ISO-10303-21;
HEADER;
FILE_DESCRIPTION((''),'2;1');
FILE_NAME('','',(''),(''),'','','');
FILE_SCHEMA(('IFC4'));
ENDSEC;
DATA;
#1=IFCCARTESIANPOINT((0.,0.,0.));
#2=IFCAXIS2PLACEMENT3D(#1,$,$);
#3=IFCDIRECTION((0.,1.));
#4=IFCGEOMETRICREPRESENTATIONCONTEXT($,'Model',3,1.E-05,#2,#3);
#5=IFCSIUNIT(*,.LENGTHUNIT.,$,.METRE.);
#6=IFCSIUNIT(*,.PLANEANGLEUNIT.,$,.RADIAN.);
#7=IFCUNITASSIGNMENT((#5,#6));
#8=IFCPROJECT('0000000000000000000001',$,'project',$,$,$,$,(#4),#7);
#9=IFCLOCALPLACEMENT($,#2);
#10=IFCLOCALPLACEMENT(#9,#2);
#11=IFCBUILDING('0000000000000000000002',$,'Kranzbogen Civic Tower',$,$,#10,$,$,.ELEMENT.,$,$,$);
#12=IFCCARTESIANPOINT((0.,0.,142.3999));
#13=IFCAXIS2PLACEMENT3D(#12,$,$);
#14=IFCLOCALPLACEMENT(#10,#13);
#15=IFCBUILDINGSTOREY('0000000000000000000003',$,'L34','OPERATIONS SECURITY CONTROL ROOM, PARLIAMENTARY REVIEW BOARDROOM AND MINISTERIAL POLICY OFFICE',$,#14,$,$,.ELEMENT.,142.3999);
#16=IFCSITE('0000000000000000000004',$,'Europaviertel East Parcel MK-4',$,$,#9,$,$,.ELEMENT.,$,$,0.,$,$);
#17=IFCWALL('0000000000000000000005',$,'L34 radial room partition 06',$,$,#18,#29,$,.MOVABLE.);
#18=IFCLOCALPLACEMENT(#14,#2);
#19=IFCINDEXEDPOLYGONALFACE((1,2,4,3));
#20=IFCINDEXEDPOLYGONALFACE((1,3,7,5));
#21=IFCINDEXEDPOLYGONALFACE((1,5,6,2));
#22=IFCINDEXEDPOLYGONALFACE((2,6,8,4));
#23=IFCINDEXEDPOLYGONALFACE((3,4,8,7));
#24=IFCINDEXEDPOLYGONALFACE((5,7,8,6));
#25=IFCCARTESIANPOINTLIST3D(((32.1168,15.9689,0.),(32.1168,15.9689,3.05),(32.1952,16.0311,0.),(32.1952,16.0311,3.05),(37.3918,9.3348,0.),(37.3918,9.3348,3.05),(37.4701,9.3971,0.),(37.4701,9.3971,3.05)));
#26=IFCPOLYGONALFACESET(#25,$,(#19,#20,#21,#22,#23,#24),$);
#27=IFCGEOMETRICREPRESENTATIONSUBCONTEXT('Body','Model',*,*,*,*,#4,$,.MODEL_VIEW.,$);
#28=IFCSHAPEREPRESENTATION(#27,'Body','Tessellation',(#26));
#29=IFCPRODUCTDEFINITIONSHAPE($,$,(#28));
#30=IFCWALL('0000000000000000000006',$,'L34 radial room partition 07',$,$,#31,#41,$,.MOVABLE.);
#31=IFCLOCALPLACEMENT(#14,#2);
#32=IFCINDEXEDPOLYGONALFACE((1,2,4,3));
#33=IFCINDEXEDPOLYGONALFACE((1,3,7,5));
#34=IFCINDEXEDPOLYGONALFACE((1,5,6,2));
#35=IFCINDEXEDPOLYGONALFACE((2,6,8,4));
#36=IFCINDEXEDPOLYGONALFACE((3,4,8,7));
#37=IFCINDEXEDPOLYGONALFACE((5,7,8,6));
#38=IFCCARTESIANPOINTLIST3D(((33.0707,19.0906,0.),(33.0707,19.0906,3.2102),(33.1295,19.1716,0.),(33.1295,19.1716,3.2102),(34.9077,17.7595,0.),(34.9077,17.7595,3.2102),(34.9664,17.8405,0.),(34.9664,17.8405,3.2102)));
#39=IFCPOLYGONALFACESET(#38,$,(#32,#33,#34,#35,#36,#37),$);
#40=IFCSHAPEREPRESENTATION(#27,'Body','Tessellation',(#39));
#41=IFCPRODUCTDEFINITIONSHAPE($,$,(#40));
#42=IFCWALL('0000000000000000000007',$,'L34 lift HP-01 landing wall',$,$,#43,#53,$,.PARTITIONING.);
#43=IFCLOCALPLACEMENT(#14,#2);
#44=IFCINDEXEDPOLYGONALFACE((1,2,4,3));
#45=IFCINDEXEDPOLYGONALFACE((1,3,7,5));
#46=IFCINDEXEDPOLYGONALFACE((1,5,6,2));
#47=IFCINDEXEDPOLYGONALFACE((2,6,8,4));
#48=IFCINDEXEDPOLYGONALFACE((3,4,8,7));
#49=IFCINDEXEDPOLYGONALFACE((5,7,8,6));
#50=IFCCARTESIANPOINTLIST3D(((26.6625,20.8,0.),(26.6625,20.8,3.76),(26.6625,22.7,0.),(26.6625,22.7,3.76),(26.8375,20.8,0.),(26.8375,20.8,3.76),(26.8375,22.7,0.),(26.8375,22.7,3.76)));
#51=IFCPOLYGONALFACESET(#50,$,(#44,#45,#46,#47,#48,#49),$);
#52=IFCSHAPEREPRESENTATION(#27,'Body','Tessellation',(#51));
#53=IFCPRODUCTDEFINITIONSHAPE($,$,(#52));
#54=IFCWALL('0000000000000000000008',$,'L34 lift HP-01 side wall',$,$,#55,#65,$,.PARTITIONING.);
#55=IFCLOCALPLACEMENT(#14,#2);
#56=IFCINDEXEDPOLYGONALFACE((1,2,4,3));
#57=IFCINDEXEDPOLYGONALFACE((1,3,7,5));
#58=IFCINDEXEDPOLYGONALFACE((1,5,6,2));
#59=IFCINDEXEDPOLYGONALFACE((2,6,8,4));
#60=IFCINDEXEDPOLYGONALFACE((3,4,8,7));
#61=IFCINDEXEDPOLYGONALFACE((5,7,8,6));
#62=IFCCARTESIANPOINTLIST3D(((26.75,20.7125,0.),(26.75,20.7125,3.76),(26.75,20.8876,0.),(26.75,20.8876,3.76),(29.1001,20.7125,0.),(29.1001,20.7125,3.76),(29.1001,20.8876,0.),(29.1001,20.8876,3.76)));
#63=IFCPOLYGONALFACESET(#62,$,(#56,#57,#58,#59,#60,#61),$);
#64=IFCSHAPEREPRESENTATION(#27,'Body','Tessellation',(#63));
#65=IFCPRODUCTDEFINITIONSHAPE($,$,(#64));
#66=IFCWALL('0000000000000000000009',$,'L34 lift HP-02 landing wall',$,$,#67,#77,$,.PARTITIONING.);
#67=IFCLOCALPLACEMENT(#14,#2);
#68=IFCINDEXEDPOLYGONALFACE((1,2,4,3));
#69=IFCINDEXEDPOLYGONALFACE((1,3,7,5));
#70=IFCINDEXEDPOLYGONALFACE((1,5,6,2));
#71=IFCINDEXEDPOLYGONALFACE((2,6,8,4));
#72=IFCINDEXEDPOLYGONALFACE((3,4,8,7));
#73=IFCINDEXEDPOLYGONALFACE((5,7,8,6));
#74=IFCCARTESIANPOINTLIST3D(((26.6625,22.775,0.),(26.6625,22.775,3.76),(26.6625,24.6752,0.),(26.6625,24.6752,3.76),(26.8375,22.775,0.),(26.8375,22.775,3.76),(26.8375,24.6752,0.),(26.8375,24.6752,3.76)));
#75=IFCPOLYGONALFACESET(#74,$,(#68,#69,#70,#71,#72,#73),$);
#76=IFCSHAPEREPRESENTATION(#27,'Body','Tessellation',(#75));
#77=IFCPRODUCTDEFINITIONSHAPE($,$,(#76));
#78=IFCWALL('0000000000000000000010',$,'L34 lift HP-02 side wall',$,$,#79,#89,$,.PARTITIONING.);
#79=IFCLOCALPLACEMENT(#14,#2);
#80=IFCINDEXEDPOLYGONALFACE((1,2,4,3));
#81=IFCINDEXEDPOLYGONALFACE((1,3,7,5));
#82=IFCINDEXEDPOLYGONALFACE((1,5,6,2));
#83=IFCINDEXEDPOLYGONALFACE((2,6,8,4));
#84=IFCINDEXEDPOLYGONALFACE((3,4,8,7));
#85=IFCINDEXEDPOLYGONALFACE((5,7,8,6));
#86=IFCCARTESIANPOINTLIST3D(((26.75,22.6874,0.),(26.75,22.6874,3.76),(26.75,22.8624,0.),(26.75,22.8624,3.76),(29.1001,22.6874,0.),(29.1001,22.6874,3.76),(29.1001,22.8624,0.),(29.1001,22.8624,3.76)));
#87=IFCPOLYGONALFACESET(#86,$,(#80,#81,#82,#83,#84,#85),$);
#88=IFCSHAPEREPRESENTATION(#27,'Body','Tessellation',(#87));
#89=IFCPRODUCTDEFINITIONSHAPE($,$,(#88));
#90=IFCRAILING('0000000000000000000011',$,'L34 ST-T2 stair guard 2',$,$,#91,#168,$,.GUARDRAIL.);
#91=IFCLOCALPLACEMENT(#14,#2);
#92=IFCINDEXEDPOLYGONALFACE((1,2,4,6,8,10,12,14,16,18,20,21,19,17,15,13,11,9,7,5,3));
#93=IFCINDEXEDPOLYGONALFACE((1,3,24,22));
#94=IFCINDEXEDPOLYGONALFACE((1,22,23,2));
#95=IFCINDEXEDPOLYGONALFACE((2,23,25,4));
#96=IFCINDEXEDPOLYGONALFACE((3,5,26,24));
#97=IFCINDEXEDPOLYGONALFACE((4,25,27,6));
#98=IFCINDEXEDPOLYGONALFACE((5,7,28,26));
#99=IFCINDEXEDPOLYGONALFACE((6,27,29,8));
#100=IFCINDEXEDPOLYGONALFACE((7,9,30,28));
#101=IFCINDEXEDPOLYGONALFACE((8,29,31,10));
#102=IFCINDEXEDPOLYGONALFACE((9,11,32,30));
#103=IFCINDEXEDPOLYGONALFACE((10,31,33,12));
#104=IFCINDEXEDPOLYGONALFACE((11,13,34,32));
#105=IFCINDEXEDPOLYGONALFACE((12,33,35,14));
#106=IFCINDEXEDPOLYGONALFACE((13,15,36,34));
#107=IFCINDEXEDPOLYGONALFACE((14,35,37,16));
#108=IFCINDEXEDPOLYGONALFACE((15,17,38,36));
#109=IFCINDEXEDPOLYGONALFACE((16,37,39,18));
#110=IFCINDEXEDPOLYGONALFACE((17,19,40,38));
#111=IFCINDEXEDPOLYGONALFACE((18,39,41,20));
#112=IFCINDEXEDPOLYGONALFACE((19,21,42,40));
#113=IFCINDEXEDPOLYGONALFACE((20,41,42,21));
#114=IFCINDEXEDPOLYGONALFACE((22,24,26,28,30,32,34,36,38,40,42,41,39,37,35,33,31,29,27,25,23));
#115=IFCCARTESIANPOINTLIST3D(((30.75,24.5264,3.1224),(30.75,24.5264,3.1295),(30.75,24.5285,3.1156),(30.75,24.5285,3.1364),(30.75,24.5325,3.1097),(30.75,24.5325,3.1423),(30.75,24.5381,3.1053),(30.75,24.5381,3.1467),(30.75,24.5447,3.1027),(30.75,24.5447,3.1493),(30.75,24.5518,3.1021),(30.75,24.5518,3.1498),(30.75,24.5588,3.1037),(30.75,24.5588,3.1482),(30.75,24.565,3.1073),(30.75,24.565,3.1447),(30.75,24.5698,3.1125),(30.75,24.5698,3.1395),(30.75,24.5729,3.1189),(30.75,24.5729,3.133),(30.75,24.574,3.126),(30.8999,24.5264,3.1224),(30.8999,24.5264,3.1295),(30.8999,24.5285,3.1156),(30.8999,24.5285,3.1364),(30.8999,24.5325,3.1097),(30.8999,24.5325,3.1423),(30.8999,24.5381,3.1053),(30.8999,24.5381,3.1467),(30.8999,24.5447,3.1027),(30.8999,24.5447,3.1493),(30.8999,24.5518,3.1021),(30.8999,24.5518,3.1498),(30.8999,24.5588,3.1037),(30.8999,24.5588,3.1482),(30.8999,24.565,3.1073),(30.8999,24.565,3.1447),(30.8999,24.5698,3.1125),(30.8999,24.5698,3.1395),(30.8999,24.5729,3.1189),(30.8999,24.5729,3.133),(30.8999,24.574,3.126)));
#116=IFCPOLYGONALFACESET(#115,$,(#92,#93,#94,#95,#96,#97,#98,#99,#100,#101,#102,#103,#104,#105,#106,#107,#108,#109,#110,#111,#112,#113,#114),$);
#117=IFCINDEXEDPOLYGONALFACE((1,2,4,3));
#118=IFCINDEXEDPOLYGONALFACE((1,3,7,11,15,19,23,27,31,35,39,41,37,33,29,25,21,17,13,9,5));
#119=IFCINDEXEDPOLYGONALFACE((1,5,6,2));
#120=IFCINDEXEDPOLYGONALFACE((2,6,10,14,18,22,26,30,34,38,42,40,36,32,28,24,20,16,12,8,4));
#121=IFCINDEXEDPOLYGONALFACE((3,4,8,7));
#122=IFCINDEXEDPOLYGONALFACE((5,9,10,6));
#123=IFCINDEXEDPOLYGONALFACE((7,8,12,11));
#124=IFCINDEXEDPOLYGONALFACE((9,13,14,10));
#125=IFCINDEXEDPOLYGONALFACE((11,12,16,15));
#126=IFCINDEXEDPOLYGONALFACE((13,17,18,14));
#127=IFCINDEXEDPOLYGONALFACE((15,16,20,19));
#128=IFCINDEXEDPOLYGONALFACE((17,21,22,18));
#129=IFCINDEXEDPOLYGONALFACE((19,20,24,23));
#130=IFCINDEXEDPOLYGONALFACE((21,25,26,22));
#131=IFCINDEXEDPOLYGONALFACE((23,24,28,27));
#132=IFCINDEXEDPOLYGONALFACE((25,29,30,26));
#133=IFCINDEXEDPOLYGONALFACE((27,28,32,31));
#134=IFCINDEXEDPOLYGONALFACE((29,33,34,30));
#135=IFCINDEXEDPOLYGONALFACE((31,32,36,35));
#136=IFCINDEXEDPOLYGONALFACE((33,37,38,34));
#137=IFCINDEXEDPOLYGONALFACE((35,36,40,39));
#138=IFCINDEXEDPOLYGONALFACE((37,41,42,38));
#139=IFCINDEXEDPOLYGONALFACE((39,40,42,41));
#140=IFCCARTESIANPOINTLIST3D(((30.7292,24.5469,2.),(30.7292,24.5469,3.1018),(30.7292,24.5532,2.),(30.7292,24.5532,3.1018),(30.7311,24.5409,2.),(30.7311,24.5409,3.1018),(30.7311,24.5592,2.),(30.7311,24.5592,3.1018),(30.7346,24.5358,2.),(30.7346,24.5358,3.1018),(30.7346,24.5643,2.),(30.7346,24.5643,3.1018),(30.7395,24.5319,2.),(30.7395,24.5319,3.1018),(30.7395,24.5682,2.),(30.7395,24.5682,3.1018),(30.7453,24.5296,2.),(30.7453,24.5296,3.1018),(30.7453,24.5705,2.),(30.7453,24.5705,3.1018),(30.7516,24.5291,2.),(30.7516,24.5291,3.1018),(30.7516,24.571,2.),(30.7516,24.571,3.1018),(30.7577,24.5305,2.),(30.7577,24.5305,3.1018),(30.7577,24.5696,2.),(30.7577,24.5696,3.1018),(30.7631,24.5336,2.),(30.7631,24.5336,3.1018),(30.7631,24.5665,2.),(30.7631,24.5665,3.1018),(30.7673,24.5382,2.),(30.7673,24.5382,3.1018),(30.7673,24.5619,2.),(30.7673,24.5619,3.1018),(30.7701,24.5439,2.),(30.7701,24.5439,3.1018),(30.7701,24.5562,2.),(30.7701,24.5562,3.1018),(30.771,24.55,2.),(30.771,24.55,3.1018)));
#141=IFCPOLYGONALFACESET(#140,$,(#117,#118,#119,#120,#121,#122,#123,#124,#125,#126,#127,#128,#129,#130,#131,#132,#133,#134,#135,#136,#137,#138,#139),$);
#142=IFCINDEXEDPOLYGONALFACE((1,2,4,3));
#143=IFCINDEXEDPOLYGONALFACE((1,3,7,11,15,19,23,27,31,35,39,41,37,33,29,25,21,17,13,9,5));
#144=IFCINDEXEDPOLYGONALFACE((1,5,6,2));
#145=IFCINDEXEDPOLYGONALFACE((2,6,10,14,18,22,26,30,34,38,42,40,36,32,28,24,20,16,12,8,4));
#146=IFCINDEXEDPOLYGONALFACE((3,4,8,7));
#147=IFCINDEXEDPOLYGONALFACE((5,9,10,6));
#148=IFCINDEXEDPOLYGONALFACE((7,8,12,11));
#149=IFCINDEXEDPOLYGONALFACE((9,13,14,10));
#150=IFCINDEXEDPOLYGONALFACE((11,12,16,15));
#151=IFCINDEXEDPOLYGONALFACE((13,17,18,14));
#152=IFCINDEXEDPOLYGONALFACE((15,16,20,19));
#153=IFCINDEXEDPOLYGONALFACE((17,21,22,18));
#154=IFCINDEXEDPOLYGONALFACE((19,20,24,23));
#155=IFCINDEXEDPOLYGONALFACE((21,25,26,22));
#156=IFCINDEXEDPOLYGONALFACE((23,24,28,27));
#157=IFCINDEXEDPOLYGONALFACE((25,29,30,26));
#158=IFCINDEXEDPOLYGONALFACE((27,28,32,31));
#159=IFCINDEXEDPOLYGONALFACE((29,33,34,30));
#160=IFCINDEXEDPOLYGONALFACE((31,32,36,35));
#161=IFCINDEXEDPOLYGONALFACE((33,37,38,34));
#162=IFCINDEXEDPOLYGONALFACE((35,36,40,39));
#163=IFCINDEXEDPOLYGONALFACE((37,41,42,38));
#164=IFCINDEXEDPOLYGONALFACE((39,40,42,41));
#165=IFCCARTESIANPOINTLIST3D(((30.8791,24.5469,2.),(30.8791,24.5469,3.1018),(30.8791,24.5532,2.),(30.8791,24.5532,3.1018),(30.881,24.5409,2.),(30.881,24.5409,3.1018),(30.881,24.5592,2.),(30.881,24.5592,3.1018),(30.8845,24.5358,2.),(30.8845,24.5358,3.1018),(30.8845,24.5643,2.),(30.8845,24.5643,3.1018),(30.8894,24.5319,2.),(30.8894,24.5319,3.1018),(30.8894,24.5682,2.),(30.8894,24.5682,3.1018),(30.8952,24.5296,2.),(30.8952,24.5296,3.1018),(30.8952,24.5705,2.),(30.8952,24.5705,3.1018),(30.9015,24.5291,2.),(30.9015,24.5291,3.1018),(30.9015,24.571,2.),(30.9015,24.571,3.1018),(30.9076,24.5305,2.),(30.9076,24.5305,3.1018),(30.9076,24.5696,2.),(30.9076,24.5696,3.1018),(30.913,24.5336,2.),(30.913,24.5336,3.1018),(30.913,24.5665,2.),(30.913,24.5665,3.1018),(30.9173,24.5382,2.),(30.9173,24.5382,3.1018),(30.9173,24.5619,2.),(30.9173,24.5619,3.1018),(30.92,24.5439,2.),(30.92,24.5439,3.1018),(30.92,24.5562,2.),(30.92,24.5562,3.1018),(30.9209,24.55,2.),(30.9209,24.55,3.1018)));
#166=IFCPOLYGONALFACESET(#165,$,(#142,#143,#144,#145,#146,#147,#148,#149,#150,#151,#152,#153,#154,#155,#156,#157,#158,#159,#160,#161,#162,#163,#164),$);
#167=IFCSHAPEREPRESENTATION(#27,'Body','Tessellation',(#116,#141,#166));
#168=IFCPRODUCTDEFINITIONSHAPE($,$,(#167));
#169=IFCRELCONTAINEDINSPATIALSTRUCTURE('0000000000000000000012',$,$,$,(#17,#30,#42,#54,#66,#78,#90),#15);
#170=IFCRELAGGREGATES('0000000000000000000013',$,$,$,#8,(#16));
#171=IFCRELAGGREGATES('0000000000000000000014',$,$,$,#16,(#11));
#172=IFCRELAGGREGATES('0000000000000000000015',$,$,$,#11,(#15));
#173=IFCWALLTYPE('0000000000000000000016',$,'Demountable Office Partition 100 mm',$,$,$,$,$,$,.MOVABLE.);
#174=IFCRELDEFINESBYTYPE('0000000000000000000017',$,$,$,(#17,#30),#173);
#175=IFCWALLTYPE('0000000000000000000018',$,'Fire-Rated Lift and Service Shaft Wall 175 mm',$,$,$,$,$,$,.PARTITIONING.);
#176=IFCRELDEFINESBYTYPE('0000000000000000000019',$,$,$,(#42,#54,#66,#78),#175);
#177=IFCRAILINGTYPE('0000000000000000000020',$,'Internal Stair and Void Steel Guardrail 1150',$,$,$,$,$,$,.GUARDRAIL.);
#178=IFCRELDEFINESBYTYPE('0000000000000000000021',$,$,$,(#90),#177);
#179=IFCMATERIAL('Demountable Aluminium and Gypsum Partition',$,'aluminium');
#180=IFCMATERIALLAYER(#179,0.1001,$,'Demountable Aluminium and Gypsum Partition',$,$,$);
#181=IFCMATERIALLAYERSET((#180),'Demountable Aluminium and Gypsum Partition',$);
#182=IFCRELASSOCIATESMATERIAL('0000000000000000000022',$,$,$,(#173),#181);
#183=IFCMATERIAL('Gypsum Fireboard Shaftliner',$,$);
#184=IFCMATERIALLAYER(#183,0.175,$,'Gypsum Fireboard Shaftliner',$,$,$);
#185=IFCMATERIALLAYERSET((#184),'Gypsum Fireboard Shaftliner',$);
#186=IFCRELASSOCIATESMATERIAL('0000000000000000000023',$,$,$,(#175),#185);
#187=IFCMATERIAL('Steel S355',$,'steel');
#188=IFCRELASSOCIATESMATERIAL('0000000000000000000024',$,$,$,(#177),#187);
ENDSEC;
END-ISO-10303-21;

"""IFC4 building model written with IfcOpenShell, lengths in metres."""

from ifc_helpers import new_model, si_unit, direction, frame, frame_2d, origin, origin_2d, place, context, subcontext, project, spatial, rectangle, circle, extrude, material, layer, layer_set, type_object, element, save


model = new_model("IFC4")

# Units and contexts
model_context = context("Model", 3, precision=1e-05, world=origin(), true_north=direction((0.0, 1.0)))
body_context = subcontext(model_context, "Body", "Model", "MODEL_VIEW")
ifc_project = project(units=[si_unit("LENGTHUNIT", "METRE"), si_unit("PLANEANGLEUNIT", "RADIAN")], contexts=[model_context])

# Site, building, storey
site_placement = place(None, origin())
site = spatial("IfcSite", under=ifc_project, at=site_placement, Name="Europaviertel East Parcel MK-4", CompositionType="ELEMENT", RefElevation=0.0)
building_placement = place(site_placement, origin())
building = spatial("IfcBuilding", under=site, at=building_placement, Name="Kranzbogen Civic Tower", CompositionType="ELEMENT")
storey_placement = place(building_placement, frame((0.0, 0.0, 142.3999)))
storey = spatial("IfcBuildingStorey", under=building, at=storey_placement, Name="L34", Description="OPERATIONS SECURITY CONTROL ROOM, PARLIAMENTARY REVIEW BOARDROOM AND MINISTERIAL POLICY OFFICE", CompositionType="ELEMENT", Elevation=142.3999)

# Shared definitions
ifc_material_1 = material(Name="Steel S355", Category="steel")

# Walls
ifc_material_2 = material(Name="Demountable Aluminium and Gypsum Partition", Category="aluminium")
ifc_layer_1 = layer(ifc_material_2, 0.1001, Name="Demountable Aluminium and Gypsum Partition")
ifc_layer_set_1 = layer_set([ifc_layer_1], Name="Demountable Aluminium and Gypsum Partition")
wall_type_1 = type_object("IfcWallType", Name="Demountable Office Partition 100 mm", PredefinedType="MOVABLE", material=ifc_layer_set_1)
wall_1_placement = place(storey_placement, frame((32.156, 16.0, 0.0), z_axis=(0.0, 0.0, 1.0), x_axis=(0.622367, -0.782726, 0.0)))
element("IfcWall", 1, at=wall_1_placement, inside=storey, type_object=wall_type_1, Name="L34 radial room partition 06", PredefinedType="MOVABLE", context=body_context, shape_type="SweptSolid", body=[
    extrude(rectangle(XDim=8.4756, YDim=0.1001, at=frame_2d((4.2378, 0.0))), origin(), (0.0, 0.0, 1.0), 3.05),
])
wall_2_placement = place(storey_placement, frame((33.1001, 19.1311, 0.0), z_axis=(0.0, 0.0, 1.0), x_axis=(0.809759, -0.586763, 0.0)))
element("IfcWall", 2, at=wall_2_placement, inside=storey, type_object=wall_type_1, Name="L34 radial room partition 07", PredefinedType="MOVABLE", context=body_context, shape_type="SweptSolid", body=[
    extrude(rectangle(XDim=2.2686, YDim=0.1001, at=frame_2d((1.1343, 0.0))), origin(), (0.0, 0.0, 1.0), 3.2102),
])
ifc_material_3 = material(Name="Gypsum Fireboard Shaftliner")
ifc_layer_2 = layer(ifc_material_3, 0.175, Name="Gypsum Fireboard Shaftliner")
ifc_layer_set_2 = layer_set([ifc_layer_2], Name="Gypsum Fireboard Shaftliner")
wall_type_2 = type_object("IfcWallType", Name="Fire-Rated Lift and Service Shaft Wall 175 mm", PredefinedType="PARTITIONING", material=ifc_layer_set_2)
wall_3_placement = place(storey_placement, frame((26.75, 20.8, 0.0), z_axis=(0.0, 0.0, 1.0), x_axis=(0.0, 1.0, 0.0)))
element("IfcWall", 3, at=wall_3_placement, inside=storey, type_object=wall_type_2, Name="L34 lift HP-01 landing wall", PredefinedType="PARTITIONING", context=body_context, shape_type="SweptSolid", body=[
    extrude(rectangle(XDim=1.8999, YDim=0.175, at=frame_2d((0.95, 0.0))), origin(), (0.0, 0.0, 1.0), 3.76),
])
wall_4_placement = place(storey_placement, frame((26.75, 20.8, 0.0), z_axis=(0.0, 0.0, 1.0), x_axis=(1.0, 0.0, 0.0)))
element("IfcWall", 4, at=wall_4_placement, inside=storey, type_object=wall_type_2, Name="L34 lift HP-01 side wall", PredefinedType="PARTITIONING", context=body_context, shape_type="SweptSolid", body=[
    extrude(rectangle(XDim=2.3501, YDim=0.175, at=frame_2d((1.175, 0.0))), origin(), (0.0, 0.0, 1.0), 3.76),
])
wall_5_placement = place(storey_placement, frame((26.75, 22.7749, 0.0), z_axis=(0.0, 0.0, 1.0), x_axis=(0.0, 1.0, 0.0)))
element("IfcWall", 5, at=wall_5_placement, inside=storey, type_object=wall_type_2, Name="L34 lift HP-02 landing wall", PredefinedType="PARTITIONING", context=body_context, shape_type="SweptSolid", body=[
    extrude(rectangle(XDim=1.9001, YDim=0.175, at=frame_2d((0.9502, 0.0))), origin(), (0.0, 0.0, 1.0), 3.76),
])
wall_6_placement = place(storey_placement, frame((26.75, 22.7749, 0.0), z_axis=(0.0, 0.0, 1.0), x_axis=(1.0, 0.0, 0.0)))
element("IfcWall", 6, at=wall_6_placement, inside=storey, type_object=wall_type_2, Name="L34 lift HP-02 side wall", PredefinedType="PARTITIONING", context=body_context, shape_type="SweptSolid", body=[
    extrude(rectangle(XDim=2.3501, YDim=0.175, at=frame_2d((1.175, 0.0))), origin(), (0.0, 0.0, 1.0), 3.76),
])

# Railing
railing_type = type_object("IfcRailingType", Name="Internal Stair and Void Steel Guardrail 1150", PredefinedType="GUARDRAIL", material=ifc_material_1)
railing_placement = place(storey_placement, frame((30.75, 24.55, 2.0)))
element("IfcRailing", 7, at=railing_placement, inside=storey, type_object=railing_type, Name="L34 ST-T2 stair guard 2", PredefinedType="GUARDRAIL", context=body_context, shape_type="SweptSolid", body=[
    extrude(circle(Radius=0.0239, at=origin_2d()), frame((0.0, 0.0, 1.126), z_axis=(1.0, 0.0, 0.0), x_axis=(0.0, 1.0, 0.0)), (0.0, 0.0, 1.0), 0.1499),
    extrude(circle(Radius=0.021, at=origin_2d()), origin(), (0.0, 0.0, 1.0), 1.1018),
    extrude(circle(Radius=0.021, at=origin_2d()), frame((0.1499, 0.0, 0.0)), (0.0, 0.0, 1.0), 1.1018),
])

save(model, "model.ifc")
